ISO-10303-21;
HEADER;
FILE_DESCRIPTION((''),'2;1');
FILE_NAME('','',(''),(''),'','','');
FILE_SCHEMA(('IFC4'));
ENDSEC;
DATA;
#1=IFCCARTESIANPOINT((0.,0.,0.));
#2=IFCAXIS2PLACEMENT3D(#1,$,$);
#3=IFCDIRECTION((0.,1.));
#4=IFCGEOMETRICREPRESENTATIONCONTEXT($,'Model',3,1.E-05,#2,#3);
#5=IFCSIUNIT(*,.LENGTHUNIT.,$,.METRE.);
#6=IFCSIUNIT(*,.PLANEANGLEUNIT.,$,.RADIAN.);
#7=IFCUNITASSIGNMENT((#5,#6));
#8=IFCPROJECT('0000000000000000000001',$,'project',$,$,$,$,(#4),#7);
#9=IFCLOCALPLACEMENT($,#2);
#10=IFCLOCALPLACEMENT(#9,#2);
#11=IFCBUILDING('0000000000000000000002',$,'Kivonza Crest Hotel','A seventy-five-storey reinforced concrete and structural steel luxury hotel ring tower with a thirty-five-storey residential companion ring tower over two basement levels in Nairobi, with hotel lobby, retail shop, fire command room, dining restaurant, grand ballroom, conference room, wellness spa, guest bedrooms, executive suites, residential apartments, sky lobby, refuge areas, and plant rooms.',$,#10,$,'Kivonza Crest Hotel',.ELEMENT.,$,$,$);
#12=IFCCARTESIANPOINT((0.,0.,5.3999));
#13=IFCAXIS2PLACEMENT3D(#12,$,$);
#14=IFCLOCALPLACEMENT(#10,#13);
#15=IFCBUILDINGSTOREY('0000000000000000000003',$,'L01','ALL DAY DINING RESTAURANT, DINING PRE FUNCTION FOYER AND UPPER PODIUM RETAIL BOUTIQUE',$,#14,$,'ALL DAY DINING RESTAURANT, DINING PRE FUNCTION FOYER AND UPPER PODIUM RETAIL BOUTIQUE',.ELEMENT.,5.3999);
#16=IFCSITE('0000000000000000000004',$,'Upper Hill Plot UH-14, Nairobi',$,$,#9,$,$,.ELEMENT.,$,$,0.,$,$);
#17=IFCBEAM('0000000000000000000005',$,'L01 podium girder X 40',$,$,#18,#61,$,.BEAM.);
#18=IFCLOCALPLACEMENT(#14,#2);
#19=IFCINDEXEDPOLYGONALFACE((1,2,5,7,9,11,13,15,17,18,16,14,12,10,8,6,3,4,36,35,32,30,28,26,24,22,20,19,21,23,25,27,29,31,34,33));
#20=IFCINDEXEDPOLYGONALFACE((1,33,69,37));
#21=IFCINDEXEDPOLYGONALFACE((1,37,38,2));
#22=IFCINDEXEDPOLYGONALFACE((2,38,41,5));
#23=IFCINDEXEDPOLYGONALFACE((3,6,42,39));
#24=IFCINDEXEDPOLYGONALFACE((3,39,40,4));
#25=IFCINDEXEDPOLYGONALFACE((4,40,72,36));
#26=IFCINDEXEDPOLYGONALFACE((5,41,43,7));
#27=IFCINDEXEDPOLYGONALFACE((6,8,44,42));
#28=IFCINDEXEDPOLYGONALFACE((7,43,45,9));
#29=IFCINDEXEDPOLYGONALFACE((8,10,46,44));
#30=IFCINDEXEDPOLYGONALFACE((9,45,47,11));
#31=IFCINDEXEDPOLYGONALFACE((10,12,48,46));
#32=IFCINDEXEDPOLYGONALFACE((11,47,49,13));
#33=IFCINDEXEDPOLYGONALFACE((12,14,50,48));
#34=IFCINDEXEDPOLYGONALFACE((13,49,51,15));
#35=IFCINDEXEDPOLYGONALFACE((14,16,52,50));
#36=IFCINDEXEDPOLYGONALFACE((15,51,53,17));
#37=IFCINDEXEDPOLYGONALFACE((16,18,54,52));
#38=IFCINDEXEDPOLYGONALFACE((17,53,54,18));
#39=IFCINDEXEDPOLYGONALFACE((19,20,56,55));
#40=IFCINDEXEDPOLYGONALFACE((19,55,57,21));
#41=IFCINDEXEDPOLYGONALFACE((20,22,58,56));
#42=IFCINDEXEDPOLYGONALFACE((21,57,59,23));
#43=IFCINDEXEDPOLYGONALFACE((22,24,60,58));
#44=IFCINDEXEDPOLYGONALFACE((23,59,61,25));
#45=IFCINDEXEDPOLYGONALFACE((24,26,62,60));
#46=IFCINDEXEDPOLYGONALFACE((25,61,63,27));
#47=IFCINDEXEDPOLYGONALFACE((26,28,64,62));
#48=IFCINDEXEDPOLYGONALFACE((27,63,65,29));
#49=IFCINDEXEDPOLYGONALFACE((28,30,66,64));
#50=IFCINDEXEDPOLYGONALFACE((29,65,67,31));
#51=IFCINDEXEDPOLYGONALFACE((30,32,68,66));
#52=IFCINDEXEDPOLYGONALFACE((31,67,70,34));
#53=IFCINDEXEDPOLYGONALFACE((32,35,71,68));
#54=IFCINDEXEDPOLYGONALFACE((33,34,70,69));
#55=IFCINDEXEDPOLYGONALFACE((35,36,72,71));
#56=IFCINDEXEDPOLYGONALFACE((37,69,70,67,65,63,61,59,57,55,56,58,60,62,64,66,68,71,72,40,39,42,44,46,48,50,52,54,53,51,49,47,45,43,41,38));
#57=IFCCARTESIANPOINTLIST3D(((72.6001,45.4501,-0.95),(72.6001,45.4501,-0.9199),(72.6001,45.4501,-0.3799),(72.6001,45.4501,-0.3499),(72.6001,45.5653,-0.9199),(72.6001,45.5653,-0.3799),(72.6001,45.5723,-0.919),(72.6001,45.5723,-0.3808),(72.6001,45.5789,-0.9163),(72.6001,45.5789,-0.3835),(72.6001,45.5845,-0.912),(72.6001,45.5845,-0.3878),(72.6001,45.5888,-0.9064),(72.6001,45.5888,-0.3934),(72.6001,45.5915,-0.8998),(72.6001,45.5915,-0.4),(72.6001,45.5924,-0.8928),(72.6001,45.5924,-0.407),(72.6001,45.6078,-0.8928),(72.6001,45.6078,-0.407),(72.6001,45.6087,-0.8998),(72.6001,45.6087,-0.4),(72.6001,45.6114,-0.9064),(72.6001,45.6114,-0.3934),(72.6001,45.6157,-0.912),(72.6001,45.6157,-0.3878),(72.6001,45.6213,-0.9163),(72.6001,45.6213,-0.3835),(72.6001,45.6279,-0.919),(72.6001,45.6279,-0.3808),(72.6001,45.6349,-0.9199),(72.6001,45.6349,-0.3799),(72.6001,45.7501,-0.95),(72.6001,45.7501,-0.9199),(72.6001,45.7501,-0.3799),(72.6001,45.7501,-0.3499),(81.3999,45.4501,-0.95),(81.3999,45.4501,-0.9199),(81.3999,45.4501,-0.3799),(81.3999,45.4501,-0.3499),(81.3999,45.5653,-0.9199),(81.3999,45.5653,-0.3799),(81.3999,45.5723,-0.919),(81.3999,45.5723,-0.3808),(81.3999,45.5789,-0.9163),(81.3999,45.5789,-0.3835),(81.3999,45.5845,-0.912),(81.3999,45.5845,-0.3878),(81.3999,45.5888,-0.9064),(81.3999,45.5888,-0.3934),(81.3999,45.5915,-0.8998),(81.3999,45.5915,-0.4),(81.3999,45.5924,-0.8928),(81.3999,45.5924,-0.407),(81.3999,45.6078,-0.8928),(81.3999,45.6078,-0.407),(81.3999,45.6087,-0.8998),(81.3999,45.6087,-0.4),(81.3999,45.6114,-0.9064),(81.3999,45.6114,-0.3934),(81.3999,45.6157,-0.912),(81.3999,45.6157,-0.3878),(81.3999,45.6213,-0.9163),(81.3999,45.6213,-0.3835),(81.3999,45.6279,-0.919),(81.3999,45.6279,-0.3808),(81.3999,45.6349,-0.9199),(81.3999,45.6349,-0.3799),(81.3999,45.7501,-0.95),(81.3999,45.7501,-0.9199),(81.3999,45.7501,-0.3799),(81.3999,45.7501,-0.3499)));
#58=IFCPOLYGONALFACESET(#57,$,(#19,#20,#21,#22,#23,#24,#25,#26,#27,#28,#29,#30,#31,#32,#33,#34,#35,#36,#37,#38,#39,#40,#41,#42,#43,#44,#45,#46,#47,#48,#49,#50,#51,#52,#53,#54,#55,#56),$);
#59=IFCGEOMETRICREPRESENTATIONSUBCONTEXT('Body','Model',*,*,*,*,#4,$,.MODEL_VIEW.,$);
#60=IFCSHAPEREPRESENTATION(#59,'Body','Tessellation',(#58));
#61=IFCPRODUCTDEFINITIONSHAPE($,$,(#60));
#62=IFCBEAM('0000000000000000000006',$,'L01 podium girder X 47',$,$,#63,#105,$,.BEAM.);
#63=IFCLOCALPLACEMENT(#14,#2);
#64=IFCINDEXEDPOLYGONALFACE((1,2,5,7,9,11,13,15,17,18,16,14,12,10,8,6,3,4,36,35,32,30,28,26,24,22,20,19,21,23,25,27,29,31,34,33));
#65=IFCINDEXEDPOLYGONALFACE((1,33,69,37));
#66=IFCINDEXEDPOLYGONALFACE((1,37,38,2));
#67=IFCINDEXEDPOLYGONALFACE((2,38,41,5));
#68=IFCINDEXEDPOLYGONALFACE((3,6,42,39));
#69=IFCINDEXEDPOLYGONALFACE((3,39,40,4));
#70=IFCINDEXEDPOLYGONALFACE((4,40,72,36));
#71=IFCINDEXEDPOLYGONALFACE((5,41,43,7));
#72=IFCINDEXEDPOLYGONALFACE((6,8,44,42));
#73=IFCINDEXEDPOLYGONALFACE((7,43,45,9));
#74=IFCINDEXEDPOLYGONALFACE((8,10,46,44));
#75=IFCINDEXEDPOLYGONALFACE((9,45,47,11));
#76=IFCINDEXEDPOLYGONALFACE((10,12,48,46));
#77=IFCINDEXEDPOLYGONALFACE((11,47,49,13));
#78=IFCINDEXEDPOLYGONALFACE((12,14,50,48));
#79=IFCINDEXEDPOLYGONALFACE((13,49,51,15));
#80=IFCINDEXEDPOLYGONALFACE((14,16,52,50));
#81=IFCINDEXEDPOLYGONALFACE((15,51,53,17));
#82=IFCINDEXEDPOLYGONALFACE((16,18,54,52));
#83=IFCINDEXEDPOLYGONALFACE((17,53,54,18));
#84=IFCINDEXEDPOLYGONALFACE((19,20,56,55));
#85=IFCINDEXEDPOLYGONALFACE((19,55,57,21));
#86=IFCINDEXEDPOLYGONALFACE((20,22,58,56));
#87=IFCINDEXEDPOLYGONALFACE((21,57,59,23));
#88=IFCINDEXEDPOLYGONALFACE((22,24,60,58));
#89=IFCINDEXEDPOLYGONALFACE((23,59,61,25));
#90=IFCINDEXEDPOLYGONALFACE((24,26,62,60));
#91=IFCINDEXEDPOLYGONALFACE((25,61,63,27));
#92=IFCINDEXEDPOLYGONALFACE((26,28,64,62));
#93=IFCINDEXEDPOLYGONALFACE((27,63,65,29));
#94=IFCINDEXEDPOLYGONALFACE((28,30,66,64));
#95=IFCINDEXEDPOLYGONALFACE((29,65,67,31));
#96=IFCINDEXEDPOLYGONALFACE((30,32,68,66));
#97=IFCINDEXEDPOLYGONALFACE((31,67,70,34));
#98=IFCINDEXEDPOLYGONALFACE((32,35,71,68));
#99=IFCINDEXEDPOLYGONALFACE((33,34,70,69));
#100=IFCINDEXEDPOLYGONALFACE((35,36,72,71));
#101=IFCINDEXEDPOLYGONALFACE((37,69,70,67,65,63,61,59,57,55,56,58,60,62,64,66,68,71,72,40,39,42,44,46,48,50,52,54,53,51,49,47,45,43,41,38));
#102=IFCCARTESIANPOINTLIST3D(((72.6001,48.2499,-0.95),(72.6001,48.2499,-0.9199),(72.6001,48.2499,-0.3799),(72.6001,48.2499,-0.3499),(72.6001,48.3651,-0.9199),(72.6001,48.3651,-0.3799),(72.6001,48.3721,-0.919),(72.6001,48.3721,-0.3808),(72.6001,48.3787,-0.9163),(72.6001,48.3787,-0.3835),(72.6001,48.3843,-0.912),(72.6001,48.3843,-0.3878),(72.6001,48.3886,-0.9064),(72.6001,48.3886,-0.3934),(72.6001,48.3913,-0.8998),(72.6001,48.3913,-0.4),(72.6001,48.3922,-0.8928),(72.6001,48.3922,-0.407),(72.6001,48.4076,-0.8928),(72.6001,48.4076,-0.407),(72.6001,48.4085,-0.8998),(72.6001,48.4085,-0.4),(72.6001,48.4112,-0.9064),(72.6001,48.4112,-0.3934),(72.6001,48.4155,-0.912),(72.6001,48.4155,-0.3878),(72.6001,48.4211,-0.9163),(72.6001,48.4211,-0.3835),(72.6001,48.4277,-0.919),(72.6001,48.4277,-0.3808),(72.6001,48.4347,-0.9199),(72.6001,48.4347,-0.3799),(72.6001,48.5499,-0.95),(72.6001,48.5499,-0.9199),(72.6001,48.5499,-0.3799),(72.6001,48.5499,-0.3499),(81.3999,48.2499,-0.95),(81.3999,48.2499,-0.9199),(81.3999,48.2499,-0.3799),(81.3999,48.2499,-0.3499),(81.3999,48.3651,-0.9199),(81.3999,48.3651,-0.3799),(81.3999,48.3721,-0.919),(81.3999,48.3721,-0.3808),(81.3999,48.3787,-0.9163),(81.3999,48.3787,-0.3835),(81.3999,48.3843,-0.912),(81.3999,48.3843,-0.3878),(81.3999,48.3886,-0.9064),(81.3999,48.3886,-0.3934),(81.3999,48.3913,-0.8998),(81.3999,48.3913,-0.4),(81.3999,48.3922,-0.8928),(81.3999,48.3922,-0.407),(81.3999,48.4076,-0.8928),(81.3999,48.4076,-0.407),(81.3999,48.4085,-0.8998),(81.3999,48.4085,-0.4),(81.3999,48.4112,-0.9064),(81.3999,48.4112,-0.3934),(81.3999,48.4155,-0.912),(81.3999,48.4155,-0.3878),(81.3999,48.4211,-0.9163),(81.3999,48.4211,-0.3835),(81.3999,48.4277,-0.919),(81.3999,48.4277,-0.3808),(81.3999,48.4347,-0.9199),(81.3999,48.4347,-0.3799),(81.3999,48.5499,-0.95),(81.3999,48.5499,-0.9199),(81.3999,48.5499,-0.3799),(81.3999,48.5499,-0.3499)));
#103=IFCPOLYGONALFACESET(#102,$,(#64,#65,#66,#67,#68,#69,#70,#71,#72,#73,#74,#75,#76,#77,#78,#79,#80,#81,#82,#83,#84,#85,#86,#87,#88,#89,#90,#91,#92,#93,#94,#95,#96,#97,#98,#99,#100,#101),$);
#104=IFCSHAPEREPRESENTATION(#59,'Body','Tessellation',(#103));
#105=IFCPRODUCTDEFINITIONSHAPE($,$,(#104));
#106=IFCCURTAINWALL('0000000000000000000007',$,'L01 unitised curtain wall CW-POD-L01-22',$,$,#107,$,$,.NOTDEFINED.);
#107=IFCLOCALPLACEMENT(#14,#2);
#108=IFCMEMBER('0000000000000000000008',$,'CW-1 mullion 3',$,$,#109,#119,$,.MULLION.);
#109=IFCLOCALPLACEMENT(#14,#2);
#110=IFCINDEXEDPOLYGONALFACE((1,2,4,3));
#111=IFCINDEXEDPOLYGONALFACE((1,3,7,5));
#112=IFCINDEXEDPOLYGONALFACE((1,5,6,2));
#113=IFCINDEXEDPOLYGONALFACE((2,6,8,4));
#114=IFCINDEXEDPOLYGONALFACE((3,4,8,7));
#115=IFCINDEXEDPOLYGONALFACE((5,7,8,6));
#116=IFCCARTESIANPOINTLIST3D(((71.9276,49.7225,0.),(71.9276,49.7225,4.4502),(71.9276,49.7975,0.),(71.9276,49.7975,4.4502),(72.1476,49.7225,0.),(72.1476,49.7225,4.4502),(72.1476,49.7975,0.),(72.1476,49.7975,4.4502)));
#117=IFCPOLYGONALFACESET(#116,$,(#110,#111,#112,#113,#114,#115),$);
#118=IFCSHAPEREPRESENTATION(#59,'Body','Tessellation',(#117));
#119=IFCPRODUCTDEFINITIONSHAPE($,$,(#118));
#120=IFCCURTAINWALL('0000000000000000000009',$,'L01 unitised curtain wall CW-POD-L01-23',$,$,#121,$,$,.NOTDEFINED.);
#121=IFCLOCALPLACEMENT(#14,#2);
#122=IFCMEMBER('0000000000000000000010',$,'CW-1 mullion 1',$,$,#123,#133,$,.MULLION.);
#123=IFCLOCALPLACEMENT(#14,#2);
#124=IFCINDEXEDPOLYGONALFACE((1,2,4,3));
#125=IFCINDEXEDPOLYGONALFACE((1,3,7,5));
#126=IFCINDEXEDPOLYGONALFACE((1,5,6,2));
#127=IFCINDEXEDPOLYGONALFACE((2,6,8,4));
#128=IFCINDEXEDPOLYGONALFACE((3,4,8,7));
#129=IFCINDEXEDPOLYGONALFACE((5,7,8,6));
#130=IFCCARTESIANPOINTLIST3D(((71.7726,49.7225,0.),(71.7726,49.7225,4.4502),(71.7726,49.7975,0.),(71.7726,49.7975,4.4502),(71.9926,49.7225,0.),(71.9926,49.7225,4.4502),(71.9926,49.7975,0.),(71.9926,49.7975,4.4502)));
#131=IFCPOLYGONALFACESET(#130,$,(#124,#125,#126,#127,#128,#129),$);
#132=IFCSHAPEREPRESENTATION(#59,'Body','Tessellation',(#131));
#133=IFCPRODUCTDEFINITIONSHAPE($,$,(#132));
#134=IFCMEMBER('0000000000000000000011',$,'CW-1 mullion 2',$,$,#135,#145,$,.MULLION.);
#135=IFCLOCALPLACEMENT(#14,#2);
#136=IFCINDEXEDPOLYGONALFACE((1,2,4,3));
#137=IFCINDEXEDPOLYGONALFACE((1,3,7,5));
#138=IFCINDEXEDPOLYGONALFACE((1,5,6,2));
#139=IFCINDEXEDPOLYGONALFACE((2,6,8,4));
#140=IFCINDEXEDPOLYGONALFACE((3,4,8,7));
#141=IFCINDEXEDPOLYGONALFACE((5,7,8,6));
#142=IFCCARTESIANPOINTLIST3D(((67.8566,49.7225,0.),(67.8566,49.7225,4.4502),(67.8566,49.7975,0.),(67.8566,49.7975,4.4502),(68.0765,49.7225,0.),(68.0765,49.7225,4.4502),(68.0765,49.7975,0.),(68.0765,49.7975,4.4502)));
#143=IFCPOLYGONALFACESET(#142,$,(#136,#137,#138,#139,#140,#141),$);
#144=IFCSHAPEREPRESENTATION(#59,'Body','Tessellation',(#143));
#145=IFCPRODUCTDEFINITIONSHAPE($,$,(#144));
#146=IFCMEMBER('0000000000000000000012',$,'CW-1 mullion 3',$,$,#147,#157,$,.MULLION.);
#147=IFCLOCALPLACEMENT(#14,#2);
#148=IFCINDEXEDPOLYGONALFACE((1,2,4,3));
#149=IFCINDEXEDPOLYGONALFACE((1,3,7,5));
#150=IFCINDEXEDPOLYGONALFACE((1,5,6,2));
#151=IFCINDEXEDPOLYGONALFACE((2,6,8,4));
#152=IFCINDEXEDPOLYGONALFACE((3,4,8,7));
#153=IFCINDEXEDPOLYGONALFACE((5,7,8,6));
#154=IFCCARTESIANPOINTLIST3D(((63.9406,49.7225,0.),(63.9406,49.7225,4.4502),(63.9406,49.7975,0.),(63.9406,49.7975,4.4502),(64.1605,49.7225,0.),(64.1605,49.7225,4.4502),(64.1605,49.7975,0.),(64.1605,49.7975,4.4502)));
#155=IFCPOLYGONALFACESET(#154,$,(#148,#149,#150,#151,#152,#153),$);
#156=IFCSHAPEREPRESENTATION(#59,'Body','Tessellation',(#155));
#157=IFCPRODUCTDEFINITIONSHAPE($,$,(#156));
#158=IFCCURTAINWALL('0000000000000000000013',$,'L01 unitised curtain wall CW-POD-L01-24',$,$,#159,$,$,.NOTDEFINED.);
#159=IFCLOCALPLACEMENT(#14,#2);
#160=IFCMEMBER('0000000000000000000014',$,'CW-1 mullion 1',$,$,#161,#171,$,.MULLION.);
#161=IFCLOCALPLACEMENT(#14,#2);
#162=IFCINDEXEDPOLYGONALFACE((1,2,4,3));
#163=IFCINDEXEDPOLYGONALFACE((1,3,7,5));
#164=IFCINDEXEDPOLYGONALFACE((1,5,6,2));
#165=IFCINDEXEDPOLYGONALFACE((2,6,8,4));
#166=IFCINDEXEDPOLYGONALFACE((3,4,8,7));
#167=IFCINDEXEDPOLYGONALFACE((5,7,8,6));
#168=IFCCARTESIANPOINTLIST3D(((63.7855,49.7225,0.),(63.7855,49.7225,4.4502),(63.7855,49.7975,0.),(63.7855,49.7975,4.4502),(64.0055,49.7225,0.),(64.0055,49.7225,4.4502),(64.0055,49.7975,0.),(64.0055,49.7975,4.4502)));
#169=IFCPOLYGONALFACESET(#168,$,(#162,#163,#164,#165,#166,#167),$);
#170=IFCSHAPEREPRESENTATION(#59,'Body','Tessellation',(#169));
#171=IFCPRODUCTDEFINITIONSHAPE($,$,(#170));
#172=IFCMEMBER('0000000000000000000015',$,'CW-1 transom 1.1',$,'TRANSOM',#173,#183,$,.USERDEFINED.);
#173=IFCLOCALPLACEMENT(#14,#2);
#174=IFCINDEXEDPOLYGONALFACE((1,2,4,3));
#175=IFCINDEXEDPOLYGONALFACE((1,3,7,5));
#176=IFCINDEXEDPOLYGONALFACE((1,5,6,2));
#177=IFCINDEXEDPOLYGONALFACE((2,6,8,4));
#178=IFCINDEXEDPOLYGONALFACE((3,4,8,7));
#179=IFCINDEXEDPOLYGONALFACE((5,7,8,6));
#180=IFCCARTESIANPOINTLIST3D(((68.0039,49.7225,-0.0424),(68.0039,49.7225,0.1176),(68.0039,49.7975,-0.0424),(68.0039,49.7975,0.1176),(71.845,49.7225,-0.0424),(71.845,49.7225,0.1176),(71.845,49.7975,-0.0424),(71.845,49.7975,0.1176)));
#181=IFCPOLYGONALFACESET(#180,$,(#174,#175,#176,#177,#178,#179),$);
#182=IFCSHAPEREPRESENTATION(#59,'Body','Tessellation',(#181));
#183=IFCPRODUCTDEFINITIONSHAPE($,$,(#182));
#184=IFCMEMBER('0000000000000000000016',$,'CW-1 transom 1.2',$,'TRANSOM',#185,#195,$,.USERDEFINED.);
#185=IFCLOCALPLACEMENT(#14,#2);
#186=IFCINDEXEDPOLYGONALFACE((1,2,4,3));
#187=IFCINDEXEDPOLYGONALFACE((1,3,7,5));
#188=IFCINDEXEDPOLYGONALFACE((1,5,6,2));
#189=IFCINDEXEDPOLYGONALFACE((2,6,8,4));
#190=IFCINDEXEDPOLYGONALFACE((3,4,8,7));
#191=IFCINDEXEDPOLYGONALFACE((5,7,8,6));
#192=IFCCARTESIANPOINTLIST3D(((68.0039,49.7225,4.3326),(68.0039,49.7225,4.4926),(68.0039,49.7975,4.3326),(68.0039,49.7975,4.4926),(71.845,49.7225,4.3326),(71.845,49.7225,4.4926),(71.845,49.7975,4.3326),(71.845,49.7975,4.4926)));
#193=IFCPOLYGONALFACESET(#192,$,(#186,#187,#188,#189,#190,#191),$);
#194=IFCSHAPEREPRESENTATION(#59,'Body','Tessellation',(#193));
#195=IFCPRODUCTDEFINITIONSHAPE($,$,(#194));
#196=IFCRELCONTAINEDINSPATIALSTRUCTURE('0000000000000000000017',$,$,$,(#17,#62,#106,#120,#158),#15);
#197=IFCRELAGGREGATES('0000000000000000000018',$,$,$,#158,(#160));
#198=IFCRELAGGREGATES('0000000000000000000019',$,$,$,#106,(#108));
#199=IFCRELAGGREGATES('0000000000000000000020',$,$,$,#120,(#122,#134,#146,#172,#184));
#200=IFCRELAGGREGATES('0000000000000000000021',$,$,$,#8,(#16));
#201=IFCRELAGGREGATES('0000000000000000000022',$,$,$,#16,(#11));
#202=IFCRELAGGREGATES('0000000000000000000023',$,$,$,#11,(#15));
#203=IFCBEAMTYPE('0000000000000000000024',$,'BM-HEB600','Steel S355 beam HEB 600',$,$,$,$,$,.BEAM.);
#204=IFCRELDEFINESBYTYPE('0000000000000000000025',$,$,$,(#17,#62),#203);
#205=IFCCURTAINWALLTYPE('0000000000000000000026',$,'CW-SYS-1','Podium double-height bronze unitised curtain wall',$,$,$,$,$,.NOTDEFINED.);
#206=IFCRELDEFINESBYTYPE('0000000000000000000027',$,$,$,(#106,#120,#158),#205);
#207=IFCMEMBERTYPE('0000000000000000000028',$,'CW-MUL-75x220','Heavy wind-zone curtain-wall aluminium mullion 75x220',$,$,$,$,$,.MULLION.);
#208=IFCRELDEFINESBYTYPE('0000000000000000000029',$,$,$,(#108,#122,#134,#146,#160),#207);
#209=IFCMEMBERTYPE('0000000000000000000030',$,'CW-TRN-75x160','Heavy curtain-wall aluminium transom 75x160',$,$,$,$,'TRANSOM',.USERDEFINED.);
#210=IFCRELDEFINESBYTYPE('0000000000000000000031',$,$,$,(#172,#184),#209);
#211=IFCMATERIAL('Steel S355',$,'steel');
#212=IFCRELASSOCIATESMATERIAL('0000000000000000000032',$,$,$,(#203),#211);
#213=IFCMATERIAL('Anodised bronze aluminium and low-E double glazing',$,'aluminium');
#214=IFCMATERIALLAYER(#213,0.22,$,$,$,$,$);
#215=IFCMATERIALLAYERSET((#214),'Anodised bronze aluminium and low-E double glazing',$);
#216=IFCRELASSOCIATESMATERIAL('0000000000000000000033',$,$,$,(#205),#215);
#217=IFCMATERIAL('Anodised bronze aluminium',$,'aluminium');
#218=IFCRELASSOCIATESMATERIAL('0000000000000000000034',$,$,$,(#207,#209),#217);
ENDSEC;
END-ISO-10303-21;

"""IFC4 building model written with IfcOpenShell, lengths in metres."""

from ifc_helpers import new_model, si_unit, direction, frame, origin, origin_2d, place, context, subcontext, project, spatial, rectangle, i_section, extrude, material, layer, layer_set, material_profile, profile_set, type_object, element, aggregate, save


model = new_model("IFC4")

# Units and contexts
model_context = context("Model", 3, precision=1e-05, world=origin(), true_north=direction((0.0, 1.0)))
body_context = subcontext(model_context, "Body", "Model", "MODEL_VIEW")
ifc_project = project(units=[si_unit("LENGTHUNIT", "METRE"), si_unit("PLANEANGLEUNIT", "RADIAN")], contexts=[model_context])

# Site, building, storey
site_placement = place(None, origin())
site = spatial("IfcSite", under=ifc_project, at=site_placement, Name="Upper Hill Plot UH-14, Nairobi", CompositionType="ELEMENT", RefElevation=0.0)
building_placement = place(site_placement, origin())
building = spatial("IfcBuilding", under=site, at=building_placement, Name="Kivonza Crest Hotel", Description="A seventy-five-storey reinforced concrete and structural steel luxury hotel ring tower with a thirty-five-storey residential companion ring tower over two basement levels in Nairobi, with hotel lobby, retail shop, fire command room, dining restaurant, grand ballroom, conference room, wellness spa, guest bedrooms, executive suites, residential apartments, sky lobby, refuge areas, and plant rooms.", LongName="Kivonza Crest Hotel", CompositionType="ELEMENT")
storey_placement = place(building_placement, frame((0.0, 0.0, 5.3999)))
storey = spatial("IfcBuildingStorey", under=building, at=storey_placement, Name="L01", Description="ALL DAY DINING RESTAURANT, DINING PRE FUNCTION FOYER AND UPPER PODIUM RETAIL BOUTIQUE", LongName="ALL DAY DINING RESTAURANT, DINING PRE FUNCTION FOYER AND UPPER PODIUM RETAIL BOUTIQUE", CompositionType="ELEMENT", Elevation=5.3999)

# Beams
ifc_material_1 = material(Name="Steel S355", Category="steel")
ifc_material_profile_1 = material_profile(ifc_material_1, i_section(OverallWidth=0.3, OverallDepth=0.6001, WebThickness=0.0154, FlangeThickness=0.03, FilletRadius=0.0271, at=origin_2d()), Name="HEB 600")
ifc_profile_set_1 = profile_set([ifc_material_profile_1], Name="Steel S355")
beam_type_1 = type_object("IfcBeamType", Name="BM-HEB600", Description="Steel S355 beam HEB 600", PredefinedType="BEAM", material=ifc_profile_set_1)
for number, where, z_axis, x_axis, name in (
    (1, (72.6001, 45.6001, -0.6499), (1.0, 0.0, 0.0), (0.0, 1.0, 0.0), "L01 podium girder X 40"),
    (2, (72.6001, 48.3999, -0.6499), (1.0, 0.0, 0.0), (0.0, 1.0, 0.0), "L01 podium girder X 47"),
):
    element("IfcBeam", number, at=place(storey_placement, frame(where, z_axis=z_axis, x_axis=x_axis)), inside=storey, type_object=beam_type_1, Name=name, PredefinedType="BEAM", context=body_context, shape_type="SweptSolid", body=[
        extrude(i_section(OverallWidth=0.3, OverallDepth=0.6001, WebThickness=0.0154, FlangeThickness=0.03, FilletRadius=0.0271, at=origin_2d()), origin(), (0.0, 0.0, 1.0), 8.7998),
    ])

# Curtain wall, member
ifc_material_2 = material(Name="Anodised bronze aluminium and low-E double glazing", Category="aluminium")
ifc_layer_1 = layer(ifc_material_2, 0.22)
ifc_layer_set_1 = layer_set([ifc_layer_1], Name="Anodised bronze aluminium and low-E double glazing")
curtain_wall_type = type_object("IfcCurtainWallType", Name="CW-SYS-1", Description="Podium double-height bronze unitised curtain wall", PredefinedType="NOTDEFINED", material=ifc_layer_set_1)
curtain_wall_1_placement = place(storey_placement, origin())
curtain_wall_1 = element("IfcCurtainWall", 3, at=curtain_wall_1_placement, inside=storey, type_object=curtain_wall_type, Name="L01 unitised curtain wall CW-POD-L01-22", PredefinedType="NOTDEFINED")
ifc_material_3 = material(Name="Anodised bronze aluminium", Category="aluminium")
ifc_material_profile_2 = material_profile(ifc_material_3, rectangle(XDim=0.075, YDim=0.22, at=origin_2d()), Name="CW-M 75x220")
ifc_profile_set_2 = profile_set([ifc_material_profile_2], Name="Anodised bronze aluminium")
member_type_1 = type_object("IfcMemberType", Name="CW-MUL-75x220", Description="Heavy wind-zone curtain-wall aluminium mullion 75x220", PredefinedType="MULLION", material=ifc_profile_set_2)
member_1_placement = place(storey_placement, frame((72.0376, 49.76, 0.0), z_axis=(0.0, 0.0, 1.0), x_axis=(0.0, -1.0, 0.0)))
member_1 = element("IfcMember", 4, at=member_1_placement, type_object=member_type_1, Name="CW-1 mullion 3", PredefinedType="MULLION", context=body_context, shape_type="SweptSolid", body=[
    extrude(rectangle(XDim=0.075, YDim=0.22, at=origin_2d()), origin(), (0.0, 0.0, 1.0), 4.4502),
])

# Curtain wall, members
curtain_wall_2_placement = place(storey_placement, origin())
curtain_wall_2 = element("IfcCurtainWall", 5, at=curtain_wall_2_placement, inside=storey, type_object=curtain_wall_type, Name="L01 unitised curtain wall CW-POD-L01-23", PredefinedType="NOTDEFINED")
member_2_placement = place(storey_placement, frame((71.8826, 49.76, 0.0), z_axis=(0.0, 0.0, 1.0), x_axis=(0.0, -1.0, 0.0)))
member_2 = element("IfcMember", 6, at=member_2_placement, type_object=member_type_1, Name="CW-1 mullion 1", PredefinedType="MULLION", context=body_context, shape_type="SweptSolid", body=[
    extrude(rectangle(XDim=0.075, YDim=0.22, at=origin_2d()), origin(), (0.0, 0.0, 1.0), 4.4502),
])
member_3_placement = place(storey_placement, frame((67.9666, 49.76, 0.0), z_axis=(0.0, 0.0, 1.0), x_axis=(0.0, -1.0, 0.0)))
member_3 = element("IfcMember", 7, at=member_3_placement, type_object=member_type_1, Name="CW-1 mullion 2", PredefinedType="MULLION", context=body_context, shape_type="SweptSolid", body=[
    extrude(rectangle(XDim=0.075, YDim=0.22, at=origin_2d()), origin(), (0.0, 0.0, 1.0), 4.4502),
])
member_4_placement = place(storey_placement, frame((64.0505, 49.76, 0.0), z_axis=(0.0, 0.0, 1.0), x_axis=(0.0, -1.0, 0.0)))
member_4 = element("IfcMember", 8, at=member_4_placement, type_object=member_type_1, Name="CW-1 mullion 3", PredefinedType="MULLION", context=body_context, shape_type="SweptSolid", body=[
    extrude(rectangle(XDim=0.075, YDim=0.22, at=origin_2d()), origin(), (0.0, 0.0, 1.0), 4.4502),
])

# Curtain wall, member
curtain_wall_3_placement = place(storey_placement, origin())
curtain_wall_3 = element("IfcCurtainWall", 9, at=curtain_wall_3_placement, inside=storey, type_object=curtain_wall_type, Name="L01 unitised curtain wall CW-POD-L01-24", PredefinedType="NOTDEFINED")
member_5_placement = place(storey_placement, frame((63.8955, 49.76, 0.0), z_axis=(0.0, 0.0, 1.0), x_axis=(0.0, -1.0, 0.0)))
member_5 = element("IfcMember", 10, at=member_5_placement, type_object=member_type_1, Name="CW-1 mullion 1", PredefinedType="MULLION", context=body_context, shape_type="SweptSolid", body=[
    extrude(rectangle(XDim=0.075, YDim=0.22, at=origin_2d()), origin(), (0.0, 0.0, 1.0), 4.4502),
])

# Members
ifc_material_profile_3 = material_profile(ifc_material_3, rectangle(XDim=0.075, YDim=0.1599, at=origin_2d()), Name="CW-T 75x160")
ifc_profile_set_3 = profile_set([ifc_material_profile_3], Name="Anodised bronze aluminium")
member_type_2 = type_object("IfcMemberType", Name="CW-TRN-75x160", Description="Heavy curtain-wall aluminium transom 75x160", ElementType="TRANSOM", PredefinedType="USERDEFINED", material=ifc_profile_set_3)
member_6_placement = place(storey_placement, frame((71.845, 49.76, 0.0376), z_axis=(-1.0, 0.0, 0.0), x_axis=(0.0, -1.0, 0.0)))
member_6 = element("IfcMember", 11, at=member_6_placement, type_object=member_type_2, Name="CW-1 transom 1.1", ObjectType="TRANSOM", PredefinedType="USERDEFINED", context=body_context, shape_type="SweptSolid", body=[
    extrude(rectangle(XDim=0.075, YDim=0.1599, at=origin_2d()), origin(), (0.0, 0.0, 1.0), 3.8411),
])
member_7_placement = place(storey_placement, frame((71.845, 49.76, 4.4126), z_axis=(-1.0, 0.0, 0.0), x_axis=(0.0, -1.0, 0.0)))
member_7 = element("IfcMember", 12, at=member_7_placement, type_object=member_type_2, Name="CW-1 transom 1.2", ObjectType="TRANSOM", PredefinedType="USERDEFINED", context=body_context, shape_type="SweptSolid", body=[
    extrude(rectangle(XDim=0.075, YDim=0.1599, at=origin_2d()), origin(), (0.0, 0.0, 1.0), 3.8411),
])
aggregate(curtain_wall_3, [member_5])

aggregate(curtain_wall_1, [member_1])
aggregate(curtain_wall_2, [member_2, member_3, member_4, member_6, member_7])

save(model, "model.ifc")
